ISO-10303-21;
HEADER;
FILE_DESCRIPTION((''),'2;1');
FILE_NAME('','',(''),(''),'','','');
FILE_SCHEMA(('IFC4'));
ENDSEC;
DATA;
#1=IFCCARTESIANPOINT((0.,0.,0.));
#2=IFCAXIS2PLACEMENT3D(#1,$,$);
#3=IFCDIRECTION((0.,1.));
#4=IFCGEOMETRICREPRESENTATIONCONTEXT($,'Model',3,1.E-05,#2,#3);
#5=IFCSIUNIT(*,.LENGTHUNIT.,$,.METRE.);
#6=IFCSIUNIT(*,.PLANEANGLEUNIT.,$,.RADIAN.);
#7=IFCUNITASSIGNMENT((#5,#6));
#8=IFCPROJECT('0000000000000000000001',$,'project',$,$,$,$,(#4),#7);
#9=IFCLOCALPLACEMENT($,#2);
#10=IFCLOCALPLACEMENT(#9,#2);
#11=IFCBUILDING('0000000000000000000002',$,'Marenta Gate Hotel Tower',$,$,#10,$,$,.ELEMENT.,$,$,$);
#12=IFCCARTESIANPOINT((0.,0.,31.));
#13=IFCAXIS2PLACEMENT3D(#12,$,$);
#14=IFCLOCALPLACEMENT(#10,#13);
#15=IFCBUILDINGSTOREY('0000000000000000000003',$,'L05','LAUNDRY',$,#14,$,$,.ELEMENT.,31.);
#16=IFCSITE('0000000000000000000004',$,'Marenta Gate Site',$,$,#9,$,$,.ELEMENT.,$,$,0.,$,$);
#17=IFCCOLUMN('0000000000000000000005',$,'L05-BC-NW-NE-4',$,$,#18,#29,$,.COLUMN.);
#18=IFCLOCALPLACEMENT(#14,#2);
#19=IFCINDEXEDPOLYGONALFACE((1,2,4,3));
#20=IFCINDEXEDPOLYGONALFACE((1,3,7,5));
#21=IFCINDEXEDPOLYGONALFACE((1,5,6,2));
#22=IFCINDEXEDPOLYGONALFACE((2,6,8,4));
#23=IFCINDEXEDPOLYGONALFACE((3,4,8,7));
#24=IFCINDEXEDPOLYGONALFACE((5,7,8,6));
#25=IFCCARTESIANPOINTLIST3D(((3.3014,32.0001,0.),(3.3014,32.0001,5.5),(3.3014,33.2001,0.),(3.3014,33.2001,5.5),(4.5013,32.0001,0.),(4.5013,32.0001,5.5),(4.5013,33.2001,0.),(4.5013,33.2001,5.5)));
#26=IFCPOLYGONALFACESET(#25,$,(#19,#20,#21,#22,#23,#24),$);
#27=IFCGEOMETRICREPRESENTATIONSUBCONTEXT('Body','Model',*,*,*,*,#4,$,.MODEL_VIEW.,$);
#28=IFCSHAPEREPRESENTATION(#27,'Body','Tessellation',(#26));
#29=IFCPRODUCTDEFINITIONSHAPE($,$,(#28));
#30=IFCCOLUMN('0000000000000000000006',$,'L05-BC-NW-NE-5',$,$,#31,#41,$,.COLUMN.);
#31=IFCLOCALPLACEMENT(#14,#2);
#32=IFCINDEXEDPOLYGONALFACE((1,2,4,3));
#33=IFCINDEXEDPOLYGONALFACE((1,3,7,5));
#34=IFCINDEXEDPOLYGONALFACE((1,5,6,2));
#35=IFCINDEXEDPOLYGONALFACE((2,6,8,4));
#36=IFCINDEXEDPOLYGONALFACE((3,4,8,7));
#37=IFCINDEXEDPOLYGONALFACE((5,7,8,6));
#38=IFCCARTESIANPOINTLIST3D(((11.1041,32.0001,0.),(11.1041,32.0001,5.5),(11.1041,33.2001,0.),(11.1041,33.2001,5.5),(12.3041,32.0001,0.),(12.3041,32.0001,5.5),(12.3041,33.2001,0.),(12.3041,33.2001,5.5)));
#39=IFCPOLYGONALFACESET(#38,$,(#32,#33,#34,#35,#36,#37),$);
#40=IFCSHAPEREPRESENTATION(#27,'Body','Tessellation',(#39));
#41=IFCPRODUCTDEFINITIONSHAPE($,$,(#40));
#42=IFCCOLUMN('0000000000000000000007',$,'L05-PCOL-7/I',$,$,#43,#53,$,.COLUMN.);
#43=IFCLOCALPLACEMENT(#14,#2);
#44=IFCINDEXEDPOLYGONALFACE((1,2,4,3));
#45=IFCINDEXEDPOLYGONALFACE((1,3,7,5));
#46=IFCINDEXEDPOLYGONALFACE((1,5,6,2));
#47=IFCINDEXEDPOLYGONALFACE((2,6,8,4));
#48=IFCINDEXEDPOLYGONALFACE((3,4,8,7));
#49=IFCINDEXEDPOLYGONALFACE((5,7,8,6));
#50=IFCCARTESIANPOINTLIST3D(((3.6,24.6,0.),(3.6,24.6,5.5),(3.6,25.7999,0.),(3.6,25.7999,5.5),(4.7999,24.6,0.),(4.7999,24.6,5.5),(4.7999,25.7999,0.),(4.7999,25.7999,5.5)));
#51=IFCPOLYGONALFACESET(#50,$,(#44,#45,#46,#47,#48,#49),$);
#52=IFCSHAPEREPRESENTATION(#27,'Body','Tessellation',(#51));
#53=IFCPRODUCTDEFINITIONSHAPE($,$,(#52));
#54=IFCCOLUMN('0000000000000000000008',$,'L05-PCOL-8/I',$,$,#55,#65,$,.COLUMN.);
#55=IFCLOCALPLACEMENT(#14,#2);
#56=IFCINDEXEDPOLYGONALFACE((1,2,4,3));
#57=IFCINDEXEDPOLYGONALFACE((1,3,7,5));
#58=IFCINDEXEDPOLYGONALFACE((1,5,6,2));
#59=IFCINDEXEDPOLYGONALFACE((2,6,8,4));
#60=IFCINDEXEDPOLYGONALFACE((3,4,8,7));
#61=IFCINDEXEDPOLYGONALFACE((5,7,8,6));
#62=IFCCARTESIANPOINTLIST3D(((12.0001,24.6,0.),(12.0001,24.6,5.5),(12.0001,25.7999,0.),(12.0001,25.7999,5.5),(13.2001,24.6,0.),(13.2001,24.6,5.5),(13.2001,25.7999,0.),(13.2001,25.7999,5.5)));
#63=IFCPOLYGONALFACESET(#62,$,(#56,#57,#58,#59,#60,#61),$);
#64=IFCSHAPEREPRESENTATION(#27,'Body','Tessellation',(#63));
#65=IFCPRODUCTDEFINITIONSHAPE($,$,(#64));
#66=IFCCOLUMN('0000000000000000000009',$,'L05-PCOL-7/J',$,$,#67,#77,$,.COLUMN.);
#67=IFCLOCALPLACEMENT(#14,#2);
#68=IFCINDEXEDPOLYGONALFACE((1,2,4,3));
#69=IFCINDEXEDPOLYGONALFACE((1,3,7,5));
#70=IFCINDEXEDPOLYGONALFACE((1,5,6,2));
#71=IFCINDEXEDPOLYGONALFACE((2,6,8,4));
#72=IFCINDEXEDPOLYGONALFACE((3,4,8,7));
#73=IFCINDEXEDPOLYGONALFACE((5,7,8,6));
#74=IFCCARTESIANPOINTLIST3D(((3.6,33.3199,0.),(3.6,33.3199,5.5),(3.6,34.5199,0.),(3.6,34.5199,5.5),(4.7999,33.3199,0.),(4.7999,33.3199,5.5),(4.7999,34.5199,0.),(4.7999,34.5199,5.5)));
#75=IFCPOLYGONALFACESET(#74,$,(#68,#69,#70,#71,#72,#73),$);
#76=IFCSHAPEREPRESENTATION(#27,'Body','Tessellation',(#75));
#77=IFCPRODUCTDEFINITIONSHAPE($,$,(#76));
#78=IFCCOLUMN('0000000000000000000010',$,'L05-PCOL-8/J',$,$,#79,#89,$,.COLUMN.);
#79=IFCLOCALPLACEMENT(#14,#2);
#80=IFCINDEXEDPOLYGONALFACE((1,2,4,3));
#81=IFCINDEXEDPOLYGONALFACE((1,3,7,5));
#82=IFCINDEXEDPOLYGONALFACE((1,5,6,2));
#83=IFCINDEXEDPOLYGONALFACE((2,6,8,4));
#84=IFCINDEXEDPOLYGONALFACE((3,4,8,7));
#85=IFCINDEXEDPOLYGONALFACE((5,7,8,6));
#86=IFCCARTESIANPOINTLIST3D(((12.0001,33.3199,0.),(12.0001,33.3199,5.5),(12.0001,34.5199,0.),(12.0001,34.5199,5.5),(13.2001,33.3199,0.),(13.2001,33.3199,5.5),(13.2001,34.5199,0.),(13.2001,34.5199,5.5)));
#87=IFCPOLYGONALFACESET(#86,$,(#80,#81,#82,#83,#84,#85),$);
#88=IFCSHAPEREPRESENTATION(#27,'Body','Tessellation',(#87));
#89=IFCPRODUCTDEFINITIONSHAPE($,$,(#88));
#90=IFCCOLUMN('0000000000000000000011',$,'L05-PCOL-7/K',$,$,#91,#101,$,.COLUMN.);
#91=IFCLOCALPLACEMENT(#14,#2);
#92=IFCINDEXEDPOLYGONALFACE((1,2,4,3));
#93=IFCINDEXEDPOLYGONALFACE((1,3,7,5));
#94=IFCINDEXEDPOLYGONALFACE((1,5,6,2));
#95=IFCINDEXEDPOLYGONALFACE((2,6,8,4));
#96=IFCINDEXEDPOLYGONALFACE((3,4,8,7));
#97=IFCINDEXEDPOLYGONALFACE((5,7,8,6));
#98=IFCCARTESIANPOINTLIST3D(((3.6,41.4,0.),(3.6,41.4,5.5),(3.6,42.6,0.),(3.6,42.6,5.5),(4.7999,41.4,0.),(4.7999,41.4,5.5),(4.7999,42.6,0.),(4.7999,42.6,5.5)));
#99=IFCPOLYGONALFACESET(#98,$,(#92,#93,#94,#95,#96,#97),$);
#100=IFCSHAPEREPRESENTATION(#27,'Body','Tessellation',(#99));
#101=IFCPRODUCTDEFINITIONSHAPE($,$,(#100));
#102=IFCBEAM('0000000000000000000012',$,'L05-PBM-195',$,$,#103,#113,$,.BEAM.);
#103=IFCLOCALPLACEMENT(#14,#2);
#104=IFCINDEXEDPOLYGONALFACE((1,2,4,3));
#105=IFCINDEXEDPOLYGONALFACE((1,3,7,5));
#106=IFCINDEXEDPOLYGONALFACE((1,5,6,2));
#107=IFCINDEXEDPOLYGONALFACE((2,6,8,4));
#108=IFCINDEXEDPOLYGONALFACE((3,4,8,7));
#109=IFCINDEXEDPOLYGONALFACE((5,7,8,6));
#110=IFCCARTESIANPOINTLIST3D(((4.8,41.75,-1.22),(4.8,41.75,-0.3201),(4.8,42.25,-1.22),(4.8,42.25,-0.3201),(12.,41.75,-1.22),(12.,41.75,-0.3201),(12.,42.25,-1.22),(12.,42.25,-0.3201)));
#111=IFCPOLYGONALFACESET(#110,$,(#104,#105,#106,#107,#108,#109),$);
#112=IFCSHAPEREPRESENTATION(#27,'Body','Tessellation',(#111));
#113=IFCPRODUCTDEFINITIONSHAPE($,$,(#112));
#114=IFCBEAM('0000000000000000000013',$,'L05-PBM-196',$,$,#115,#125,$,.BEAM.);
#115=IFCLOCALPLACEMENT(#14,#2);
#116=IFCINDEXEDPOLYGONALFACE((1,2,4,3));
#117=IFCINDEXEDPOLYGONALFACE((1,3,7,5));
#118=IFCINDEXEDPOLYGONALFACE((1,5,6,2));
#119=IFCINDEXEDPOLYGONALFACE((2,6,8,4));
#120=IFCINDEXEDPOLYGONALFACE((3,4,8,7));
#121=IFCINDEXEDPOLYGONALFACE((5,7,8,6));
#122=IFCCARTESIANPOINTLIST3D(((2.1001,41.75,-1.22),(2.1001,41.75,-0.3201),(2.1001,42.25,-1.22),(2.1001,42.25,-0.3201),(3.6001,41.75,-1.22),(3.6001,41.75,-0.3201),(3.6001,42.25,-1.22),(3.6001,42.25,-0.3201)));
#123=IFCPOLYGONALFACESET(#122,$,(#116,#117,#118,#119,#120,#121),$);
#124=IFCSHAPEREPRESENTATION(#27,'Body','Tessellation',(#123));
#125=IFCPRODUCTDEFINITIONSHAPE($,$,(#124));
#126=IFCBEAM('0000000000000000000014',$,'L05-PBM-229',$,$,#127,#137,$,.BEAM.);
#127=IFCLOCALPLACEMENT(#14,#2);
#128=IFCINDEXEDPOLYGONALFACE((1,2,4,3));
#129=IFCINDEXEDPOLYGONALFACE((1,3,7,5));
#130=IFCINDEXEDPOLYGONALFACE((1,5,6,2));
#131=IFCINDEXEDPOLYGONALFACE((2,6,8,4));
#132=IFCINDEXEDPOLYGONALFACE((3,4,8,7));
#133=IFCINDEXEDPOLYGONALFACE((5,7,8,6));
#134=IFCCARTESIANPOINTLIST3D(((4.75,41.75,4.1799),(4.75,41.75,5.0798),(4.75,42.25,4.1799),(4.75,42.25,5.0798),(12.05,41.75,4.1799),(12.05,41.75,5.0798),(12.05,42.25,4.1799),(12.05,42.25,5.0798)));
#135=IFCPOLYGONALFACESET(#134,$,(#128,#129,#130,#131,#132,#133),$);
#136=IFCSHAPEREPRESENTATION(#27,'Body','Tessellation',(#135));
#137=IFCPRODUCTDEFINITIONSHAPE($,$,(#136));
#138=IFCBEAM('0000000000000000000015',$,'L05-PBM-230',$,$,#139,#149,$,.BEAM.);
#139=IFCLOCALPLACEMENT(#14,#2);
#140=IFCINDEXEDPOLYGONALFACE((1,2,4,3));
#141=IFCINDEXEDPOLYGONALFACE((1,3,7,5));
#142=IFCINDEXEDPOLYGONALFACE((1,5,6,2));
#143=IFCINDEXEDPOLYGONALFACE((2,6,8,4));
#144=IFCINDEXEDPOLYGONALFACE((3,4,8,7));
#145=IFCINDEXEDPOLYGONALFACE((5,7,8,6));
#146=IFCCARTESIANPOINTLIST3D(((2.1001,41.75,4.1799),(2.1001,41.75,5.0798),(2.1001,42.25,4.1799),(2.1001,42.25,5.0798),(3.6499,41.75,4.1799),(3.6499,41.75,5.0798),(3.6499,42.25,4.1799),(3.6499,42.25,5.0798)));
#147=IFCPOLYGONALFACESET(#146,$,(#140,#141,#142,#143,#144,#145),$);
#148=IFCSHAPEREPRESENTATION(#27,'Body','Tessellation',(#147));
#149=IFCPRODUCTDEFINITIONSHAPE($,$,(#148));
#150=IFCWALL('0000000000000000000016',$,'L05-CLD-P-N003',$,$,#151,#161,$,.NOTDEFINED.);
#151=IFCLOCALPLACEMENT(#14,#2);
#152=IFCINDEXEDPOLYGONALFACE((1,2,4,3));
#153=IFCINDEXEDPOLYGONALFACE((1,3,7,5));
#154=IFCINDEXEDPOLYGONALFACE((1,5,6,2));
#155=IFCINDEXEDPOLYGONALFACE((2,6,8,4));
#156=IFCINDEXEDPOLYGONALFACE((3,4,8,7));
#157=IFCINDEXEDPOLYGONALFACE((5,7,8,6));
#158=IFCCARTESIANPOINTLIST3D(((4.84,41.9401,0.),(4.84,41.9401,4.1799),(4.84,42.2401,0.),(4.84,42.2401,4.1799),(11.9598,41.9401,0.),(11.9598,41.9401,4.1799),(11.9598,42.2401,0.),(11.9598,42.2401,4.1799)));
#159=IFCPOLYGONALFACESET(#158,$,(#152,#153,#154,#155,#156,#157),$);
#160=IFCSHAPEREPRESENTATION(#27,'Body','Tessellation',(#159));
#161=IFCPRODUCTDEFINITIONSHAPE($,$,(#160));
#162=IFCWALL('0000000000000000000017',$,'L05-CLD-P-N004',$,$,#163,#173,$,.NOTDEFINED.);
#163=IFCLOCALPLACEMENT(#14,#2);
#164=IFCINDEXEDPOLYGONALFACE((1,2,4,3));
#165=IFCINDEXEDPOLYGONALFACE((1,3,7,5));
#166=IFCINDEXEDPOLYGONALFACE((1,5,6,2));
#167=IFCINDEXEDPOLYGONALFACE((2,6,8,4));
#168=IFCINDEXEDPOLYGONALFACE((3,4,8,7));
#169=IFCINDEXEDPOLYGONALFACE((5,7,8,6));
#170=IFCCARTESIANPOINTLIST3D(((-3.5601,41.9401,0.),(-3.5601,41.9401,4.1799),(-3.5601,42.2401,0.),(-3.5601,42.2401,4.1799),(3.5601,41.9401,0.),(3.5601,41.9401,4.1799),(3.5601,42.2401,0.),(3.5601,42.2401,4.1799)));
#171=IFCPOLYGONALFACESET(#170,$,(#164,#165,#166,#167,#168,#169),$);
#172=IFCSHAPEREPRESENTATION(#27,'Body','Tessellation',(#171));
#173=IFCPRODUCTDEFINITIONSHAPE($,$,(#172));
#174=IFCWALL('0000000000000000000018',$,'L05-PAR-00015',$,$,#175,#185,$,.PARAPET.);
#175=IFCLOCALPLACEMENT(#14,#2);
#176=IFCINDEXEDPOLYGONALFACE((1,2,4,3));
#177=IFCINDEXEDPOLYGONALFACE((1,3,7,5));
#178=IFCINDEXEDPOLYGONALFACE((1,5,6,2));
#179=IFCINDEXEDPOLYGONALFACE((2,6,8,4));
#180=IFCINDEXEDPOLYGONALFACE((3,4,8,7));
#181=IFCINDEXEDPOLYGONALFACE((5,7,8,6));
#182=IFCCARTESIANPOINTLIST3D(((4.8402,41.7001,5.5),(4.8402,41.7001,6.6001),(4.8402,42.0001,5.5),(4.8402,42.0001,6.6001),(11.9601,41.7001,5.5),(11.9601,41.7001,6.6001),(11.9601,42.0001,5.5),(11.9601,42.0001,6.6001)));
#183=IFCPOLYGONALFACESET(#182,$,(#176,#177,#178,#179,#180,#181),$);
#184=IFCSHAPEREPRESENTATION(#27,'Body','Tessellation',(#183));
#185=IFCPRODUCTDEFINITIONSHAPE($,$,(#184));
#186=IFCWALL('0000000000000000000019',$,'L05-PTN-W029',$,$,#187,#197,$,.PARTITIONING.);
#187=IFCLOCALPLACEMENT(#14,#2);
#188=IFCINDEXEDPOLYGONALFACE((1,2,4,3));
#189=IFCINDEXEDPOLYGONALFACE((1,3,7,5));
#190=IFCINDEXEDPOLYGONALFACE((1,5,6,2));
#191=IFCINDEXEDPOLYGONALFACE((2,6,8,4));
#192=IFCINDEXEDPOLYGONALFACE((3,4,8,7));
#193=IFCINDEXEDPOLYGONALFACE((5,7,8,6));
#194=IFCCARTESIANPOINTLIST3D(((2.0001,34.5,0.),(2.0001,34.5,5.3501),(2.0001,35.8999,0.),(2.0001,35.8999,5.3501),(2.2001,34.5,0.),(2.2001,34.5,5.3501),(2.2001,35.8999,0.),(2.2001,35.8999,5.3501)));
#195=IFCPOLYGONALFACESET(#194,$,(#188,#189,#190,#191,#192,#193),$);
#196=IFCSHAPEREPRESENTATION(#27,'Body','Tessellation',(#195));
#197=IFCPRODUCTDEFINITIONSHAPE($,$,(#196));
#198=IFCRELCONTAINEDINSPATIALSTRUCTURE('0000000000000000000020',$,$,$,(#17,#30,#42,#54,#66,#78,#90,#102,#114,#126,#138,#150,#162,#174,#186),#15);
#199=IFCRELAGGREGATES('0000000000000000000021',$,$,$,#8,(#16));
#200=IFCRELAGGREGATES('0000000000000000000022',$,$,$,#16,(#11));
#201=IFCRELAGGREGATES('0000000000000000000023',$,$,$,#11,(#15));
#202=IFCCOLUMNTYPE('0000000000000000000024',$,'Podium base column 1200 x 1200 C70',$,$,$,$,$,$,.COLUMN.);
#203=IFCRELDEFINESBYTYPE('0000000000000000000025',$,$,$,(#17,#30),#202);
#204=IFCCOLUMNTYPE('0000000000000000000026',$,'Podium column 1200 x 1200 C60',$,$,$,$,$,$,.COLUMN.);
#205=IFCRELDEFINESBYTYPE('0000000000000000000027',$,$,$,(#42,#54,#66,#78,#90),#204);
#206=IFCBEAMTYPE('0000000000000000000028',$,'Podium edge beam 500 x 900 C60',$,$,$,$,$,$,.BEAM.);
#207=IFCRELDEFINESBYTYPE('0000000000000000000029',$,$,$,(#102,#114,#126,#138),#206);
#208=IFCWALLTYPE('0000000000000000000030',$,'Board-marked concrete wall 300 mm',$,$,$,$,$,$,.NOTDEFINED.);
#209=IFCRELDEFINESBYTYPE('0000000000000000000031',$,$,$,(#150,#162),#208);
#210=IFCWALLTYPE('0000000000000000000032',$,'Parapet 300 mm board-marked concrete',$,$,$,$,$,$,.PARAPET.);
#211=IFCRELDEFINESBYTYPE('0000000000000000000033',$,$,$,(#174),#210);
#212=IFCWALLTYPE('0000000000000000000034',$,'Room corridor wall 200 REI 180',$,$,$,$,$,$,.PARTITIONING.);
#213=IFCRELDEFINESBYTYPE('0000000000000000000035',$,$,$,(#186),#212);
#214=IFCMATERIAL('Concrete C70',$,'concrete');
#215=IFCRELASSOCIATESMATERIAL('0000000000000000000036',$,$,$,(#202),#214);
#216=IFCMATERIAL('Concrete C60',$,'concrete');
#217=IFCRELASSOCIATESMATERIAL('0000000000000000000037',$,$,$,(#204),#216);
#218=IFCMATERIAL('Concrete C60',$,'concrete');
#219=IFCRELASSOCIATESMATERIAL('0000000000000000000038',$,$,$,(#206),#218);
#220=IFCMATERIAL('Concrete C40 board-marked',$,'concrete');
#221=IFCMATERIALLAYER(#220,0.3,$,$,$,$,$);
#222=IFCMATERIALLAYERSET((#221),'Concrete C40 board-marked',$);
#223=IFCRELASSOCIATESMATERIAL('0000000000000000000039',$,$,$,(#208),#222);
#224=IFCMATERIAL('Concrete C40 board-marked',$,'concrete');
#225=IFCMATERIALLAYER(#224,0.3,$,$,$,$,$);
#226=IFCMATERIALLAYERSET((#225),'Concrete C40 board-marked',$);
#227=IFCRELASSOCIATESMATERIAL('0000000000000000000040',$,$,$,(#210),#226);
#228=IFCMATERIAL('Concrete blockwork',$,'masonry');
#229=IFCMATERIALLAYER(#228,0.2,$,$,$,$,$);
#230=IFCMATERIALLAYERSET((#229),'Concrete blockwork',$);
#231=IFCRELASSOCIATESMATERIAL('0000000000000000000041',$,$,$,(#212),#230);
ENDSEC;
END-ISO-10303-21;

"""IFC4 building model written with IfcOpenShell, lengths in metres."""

from ifc_helpers import new_model, si_unit, direction, frame, frame_2d, origin, origin_2d, place, context, subcontext, project, spatial, rectangle, extrude, material, layer, layer_set, material_profile, profile_set, type_object, element, save


model = new_model("IFC4")

# Units and contexts
model_context = context("Model", 3, precision=1e-05, world=origin(), true_north=direction((0.0, 1.0)))
body_context = subcontext(model_context, "Body", "Model", "MODEL_VIEW")
ifc_project = project(units=[si_unit("LENGTHUNIT", "METRE"), si_unit("PLANEANGLEUNIT", "RADIAN")], contexts=[model_context])

# Site, building, storey
site_placement = place(None, origin())
site = spatial("IfcSite", under=ifc_project, at=site_placement, Name="Marenta Gate Site", CompositionType="ELEMENT", RefElevation=0.0)
building_placement = place(site_placement, origin())
building = spatial("IfcBuilding", under=site, at=building_placement, Name="Marenta Gate Hotel Tower", CompositionType="ELEMENT")
storey_placement = place(building_placement, frame((0.0, 0.0, 31.0)))
storey = spatial("IfcBuildingStorey", under=building, at=storey_placement, Name="L05", Description="LAUNDRY", CompositionType="ELEMENT", Elevation=31.0)

# Columns
ifc_material_1 = material(Name="Concrete C70", Category="concrete")
ifc_material_profile_1 = material_profile(ifc_material_1, rectangle(XDim=1.2, YDim=1.2, at=origin_2d()), Name="1200 x 1200")
ifc_profile_set_1 = profile_set([ifc_material_profile_1], Name="Concrete C70")
column_type_1 = type_object("IfcColumnType", Name="Podium base column 1200 x 1200 C70", PredefinedType="COLUMN", material=ifc_profile_set_1)
for number, where, z_axis, x_axis, name in (
    (1, (3.9014, 32.6001, 0.0), (0.0, 0.0, 1.0), (1.0, 0.0, 0.0), "L05-BC-NW-NE-4"),
    (2, (11.7041, 32.6001, 0.0), (0.0, 0.0, 1.0), (1.0, 0.0, 0.0), "L05-BC-NW-NE-5"),
):
    element("IfcColumn", number, at=place(storey_placement, frame(where, z_axis=z_axis, x_axis=x_axis)), inside=storey, type_object=column_type_1, Name=name, PredefinedType="COLUMN", context=body_context, shape_type="SweptSolid", body=[
        extrude(rectangle(XDim=1.2, YDim=1.2, at=origin_2d()), origin(), (0.0, 0.0, 1.0), 5.5),
    ])
ifc_material_2 = material(Name="Concrete C60", Category="concrete")
ifc_material_profile_2 = material_profile(ifc_material_2, rectangle(XDim=1.2, YDim=1.2, at=origin_2d()), Name="1200 x 1200")
ifc_profile_set_2 = profile_set([ifc_material_profile_2], Name="Concrete C60")
column_type_2 = type_object("IfcColumnType", Name="Podium column 1200 x 1200 C60", PredefinedType="COLUMN", material=ifc_profile_set_2)
for number, where, z_axis, x_axis, name in (
    (3, (4.2, 25.2, 0.0), (0.0, 0.0, 1.0), (1.0, 0.0, 0.0), "L05-PCOL-7/I"),
    (4, (12.6001, 25.2, 0.0), (0.0, 0.0, 1.0), (1.0, 0.0, 0.0), "L05-PCOL-8/I"),
    (5, (4.2, 33.9199, 0.0), (0.0, 0.0, 1.0), (1.0, 0.0, 0.0), "L05-PCOL-7/J"),
    (6, (12.6001, 33.9199, 0.0), (0.0, 0.0, 1.0), (1.0, 0.0, 0.0), "L05-PCOL-8/J"),
    (7, (4.2, 42.0, 0.0), (0.0, 0.0, 1.0), (1.0, 0.0, 0.0), "L05-PCOL-7/K"),
):
    element("IfcColumn", number, at=place(storey_placement, frame(where, z_axis=z_axis, x_axis=x_axis)), inside=storey, type_object=column_type_2, Name=name, PredefinedType="COLUMN", context=body_context, shape_type="SweptSolid", body=[
        extrude(rectangle(XDim=1.2, YDim=1.2, at=origin_2d()), origin(), (0.0, 0.0, 1.0), 5.5),
    ])

# Beams
ifc_material_3 = material(Name="Concrete C60", Category="concrete")
ifc_material_profile_3 = material_profile(ifc_material_3, rectangle(XDim=0.5, YDim=0.8999, at=origin_2d()), Name="500 x 900")
ifc_profile_set_3 = profile_set([ifc_material_profile_3], Name="Concrete C60")
beam_type = type_object("IfcBeamType", Name="Podium edge beam 500 x 900 C60", PredefinedType="BEAM", material=ifc_profile_set_3)
beam_1_placement = place(storey_placement, frame((12.0, 42.0, -0.77), z_axis=(-1.0, 0.0, 0.0), x_axis=(0.0, -1.0, 0.0)))
element("IfcBeam", 8, at=beam_1_placement, inside=storey, type_object=beam_type, Name="L05-PBM-195", PredefinedType="BEAM", context=body_context, shape_type="SweptSolid", body=[
    extrude(rectangle(XDim=0.5, YDim=0.8999, at=origin_2d()), origin(), (0.0, 0.0, 1.0), 7.2),
])
beam_2_placement = place(storey_placement, frame((3.6001, 42.0, -0.77), z_axis=(-1.0, 0.0, 0.0), x_axis=(0.0, -1.0, 0.0)))
element("IfcBeam", 9, at=beam_2_placement, inside=storey, type_object=beam_type, Name="L05-PBM-196", PredefinedType="BEAM", context=body_context, shape_type="SweptSolid", body=[
    extrude(rectangle(XDim=0.5, YDim=0.8999, at=origin_2d()), origin(), (0.0, 0.0, 1.0), 1.5),
])
beam_3_placement = place(storey_placement, frame((12.05, 42.0, 4.6299), z_axis=(-1.0, 0.0, 0.0), x_axis=(0.0, -1.0, 0.0)))
element("IfcBeam", 10, at=beam_3_placement, inside=storey, type_object=beam_type, Name="L05-PBM-229", PredefinedType="BEAM", context=body_context, shape_type="SweptSolid", body=[
    extrude(rectangle(XDim=0.5, YDim=0.8999, at=origin_2d()), origin(), (0.0, 0.0, 1.0), 7.3),
])
beam_4_placement = place(storey_placement, frame((3.6499, 42.0, 4.6299), z_axis=(-1.0, 0.0, 0.0), x_axis=(0.0, -1.0, 0.0)))
element("IfcBeam", 11, at=beam_4_placement, inside=storey, type_object=beam_type, Name="L05-PBM-230", PredefinedType="BEAM", context=body_context, shape_type="SweptSolid", body=[
    extrude(rectangle(XDim=0.5, YDim=0.8999, at=origin_2d()), origin(), (0.0, 0.0, 1.0), 1.5498),
])

# Walls
ifc_material_4 = material(Name="Concrete C40 board-marked", Category="concrete")
ifc_layer_1 = layer(ifc_material_4, 0.3)
ifc_layer_set_1 = layer_set([ifc_layer_1], Name="Concrete C40 board-marked")
wall_type_1 = type_object("IfcWallType", Name="Board-marked concrete wall 300 mm", PredefinedType="NOTDEFINED", material=ifc_layer_set_1)
wall_1_placement = place(storey_placement, frame((11.96, 42.0901, 0.0), z_axis=(0.0, 0.0, 1.0), x_axis=(-1.0, 0.0, 0.0)))
element("IfcWall", 12, at=wall_1_placement, inside=storey, type_object=wall_type_1, Name="L05-CLD-P-N003", PredefinedType="NOTDEFINED", context=body_context, shape_type="SweptSolid", body=[
    extrude(rectangle(XDim=7.1199, YDim=0.3, at=frame_2d((3.5601, 0.0))), origin(), (0.0, 0.0, 1.0), 4.1799),
])
wall_2_placement = place(storey_placement, frame((3.5601, 42.0901, 0.0), z_axis=(0.0, 0.0, 1.0), x_axis=(-1.0, 0.0, 0.0)))
element("IfcWall", 13, at=wall_2_placement, inside=storey, type_object=wall_type_1, Name="L05-CLD-P-N004", PredefinedType="NOTDEFINED", context=body_context, shape_type="SweptSolid", body=[
    extrude(rectangle(XDim=7.1201, YDim=0.3, at=frame_2d((3.5601, 0.0))), origin(), (0.0, 0.0, 1.0), 4.1799),
])
ifc_material_5 = material(Name="Concrete C40 board-marked", Category="concrete")
ifc_layer_2 = layer(ifc_material_5, 0.3)
ifc_layer_set_2 = layer_set([ifc_layer_2], Name="Concrete C40 board-marked")
wall_type_2 = type_object("IfcWallType", Name="Parapet 300 mm board-marked concrete", PredefinedType="PARAPET", material=ifc_layer_set_2)
wall_3_placement = place(storey_placement, frame((4.8401, 41.8501, 5.5), z_axis=(0.0, 0.0, 1.0), x_axis=(1.0, 0.0, 0.0)))
element("IfcWall", 14, at=wall_3_placement, inside=storey, type_object=wall_type_2, Name="L05-PAR-00015", PredefinedType="PARAPET", context=body_context, shape_type="SweptSolid", body=[
    extrude(rectangle(XDim=7.1199, YDim=0.3, at=frame_2d((3.5601, 0.0))), origin(), (0.0, 0.0, 1.0), 1.1001),
])
ifc_material_6 = material(Name="Concrete blockwork", Category="masonry")
ifc_layer_3 = layer(ifc_material_6, 0.2)
ifc_layer_set_3 = layer_set([ifc_layer_3], Name="Concrete blockwork")
wall_type_3 = type_object("IfcWallType", Name="Room corridor wall 200 REI 180", PredefinedType="PARTITIONING", material=ifc_layer_set_3)
wall_4_placement = place(storey_placement, frame((2.1001, 34.5, 0.0), z_axis=(0.0, 0.0, 1.0), x_axis=(0.0, 1.0, 0.0)))
element("IfcWall", 15, at=wall_4_placement, inside=storey, type_object=wall_type_3, Name="L05-PTN-W029", PredefinedType="PARTITIONING", context=body_context, shape_type="SweptSolid", body=[
    extrude(rectangle(XDim=1.3999, YDim=0.2, at=frame_2d((0.7, 0.0))), origin(), (0.0, 0.0, 1.0), 5.3501),
])

save(model, "model.ifc")
